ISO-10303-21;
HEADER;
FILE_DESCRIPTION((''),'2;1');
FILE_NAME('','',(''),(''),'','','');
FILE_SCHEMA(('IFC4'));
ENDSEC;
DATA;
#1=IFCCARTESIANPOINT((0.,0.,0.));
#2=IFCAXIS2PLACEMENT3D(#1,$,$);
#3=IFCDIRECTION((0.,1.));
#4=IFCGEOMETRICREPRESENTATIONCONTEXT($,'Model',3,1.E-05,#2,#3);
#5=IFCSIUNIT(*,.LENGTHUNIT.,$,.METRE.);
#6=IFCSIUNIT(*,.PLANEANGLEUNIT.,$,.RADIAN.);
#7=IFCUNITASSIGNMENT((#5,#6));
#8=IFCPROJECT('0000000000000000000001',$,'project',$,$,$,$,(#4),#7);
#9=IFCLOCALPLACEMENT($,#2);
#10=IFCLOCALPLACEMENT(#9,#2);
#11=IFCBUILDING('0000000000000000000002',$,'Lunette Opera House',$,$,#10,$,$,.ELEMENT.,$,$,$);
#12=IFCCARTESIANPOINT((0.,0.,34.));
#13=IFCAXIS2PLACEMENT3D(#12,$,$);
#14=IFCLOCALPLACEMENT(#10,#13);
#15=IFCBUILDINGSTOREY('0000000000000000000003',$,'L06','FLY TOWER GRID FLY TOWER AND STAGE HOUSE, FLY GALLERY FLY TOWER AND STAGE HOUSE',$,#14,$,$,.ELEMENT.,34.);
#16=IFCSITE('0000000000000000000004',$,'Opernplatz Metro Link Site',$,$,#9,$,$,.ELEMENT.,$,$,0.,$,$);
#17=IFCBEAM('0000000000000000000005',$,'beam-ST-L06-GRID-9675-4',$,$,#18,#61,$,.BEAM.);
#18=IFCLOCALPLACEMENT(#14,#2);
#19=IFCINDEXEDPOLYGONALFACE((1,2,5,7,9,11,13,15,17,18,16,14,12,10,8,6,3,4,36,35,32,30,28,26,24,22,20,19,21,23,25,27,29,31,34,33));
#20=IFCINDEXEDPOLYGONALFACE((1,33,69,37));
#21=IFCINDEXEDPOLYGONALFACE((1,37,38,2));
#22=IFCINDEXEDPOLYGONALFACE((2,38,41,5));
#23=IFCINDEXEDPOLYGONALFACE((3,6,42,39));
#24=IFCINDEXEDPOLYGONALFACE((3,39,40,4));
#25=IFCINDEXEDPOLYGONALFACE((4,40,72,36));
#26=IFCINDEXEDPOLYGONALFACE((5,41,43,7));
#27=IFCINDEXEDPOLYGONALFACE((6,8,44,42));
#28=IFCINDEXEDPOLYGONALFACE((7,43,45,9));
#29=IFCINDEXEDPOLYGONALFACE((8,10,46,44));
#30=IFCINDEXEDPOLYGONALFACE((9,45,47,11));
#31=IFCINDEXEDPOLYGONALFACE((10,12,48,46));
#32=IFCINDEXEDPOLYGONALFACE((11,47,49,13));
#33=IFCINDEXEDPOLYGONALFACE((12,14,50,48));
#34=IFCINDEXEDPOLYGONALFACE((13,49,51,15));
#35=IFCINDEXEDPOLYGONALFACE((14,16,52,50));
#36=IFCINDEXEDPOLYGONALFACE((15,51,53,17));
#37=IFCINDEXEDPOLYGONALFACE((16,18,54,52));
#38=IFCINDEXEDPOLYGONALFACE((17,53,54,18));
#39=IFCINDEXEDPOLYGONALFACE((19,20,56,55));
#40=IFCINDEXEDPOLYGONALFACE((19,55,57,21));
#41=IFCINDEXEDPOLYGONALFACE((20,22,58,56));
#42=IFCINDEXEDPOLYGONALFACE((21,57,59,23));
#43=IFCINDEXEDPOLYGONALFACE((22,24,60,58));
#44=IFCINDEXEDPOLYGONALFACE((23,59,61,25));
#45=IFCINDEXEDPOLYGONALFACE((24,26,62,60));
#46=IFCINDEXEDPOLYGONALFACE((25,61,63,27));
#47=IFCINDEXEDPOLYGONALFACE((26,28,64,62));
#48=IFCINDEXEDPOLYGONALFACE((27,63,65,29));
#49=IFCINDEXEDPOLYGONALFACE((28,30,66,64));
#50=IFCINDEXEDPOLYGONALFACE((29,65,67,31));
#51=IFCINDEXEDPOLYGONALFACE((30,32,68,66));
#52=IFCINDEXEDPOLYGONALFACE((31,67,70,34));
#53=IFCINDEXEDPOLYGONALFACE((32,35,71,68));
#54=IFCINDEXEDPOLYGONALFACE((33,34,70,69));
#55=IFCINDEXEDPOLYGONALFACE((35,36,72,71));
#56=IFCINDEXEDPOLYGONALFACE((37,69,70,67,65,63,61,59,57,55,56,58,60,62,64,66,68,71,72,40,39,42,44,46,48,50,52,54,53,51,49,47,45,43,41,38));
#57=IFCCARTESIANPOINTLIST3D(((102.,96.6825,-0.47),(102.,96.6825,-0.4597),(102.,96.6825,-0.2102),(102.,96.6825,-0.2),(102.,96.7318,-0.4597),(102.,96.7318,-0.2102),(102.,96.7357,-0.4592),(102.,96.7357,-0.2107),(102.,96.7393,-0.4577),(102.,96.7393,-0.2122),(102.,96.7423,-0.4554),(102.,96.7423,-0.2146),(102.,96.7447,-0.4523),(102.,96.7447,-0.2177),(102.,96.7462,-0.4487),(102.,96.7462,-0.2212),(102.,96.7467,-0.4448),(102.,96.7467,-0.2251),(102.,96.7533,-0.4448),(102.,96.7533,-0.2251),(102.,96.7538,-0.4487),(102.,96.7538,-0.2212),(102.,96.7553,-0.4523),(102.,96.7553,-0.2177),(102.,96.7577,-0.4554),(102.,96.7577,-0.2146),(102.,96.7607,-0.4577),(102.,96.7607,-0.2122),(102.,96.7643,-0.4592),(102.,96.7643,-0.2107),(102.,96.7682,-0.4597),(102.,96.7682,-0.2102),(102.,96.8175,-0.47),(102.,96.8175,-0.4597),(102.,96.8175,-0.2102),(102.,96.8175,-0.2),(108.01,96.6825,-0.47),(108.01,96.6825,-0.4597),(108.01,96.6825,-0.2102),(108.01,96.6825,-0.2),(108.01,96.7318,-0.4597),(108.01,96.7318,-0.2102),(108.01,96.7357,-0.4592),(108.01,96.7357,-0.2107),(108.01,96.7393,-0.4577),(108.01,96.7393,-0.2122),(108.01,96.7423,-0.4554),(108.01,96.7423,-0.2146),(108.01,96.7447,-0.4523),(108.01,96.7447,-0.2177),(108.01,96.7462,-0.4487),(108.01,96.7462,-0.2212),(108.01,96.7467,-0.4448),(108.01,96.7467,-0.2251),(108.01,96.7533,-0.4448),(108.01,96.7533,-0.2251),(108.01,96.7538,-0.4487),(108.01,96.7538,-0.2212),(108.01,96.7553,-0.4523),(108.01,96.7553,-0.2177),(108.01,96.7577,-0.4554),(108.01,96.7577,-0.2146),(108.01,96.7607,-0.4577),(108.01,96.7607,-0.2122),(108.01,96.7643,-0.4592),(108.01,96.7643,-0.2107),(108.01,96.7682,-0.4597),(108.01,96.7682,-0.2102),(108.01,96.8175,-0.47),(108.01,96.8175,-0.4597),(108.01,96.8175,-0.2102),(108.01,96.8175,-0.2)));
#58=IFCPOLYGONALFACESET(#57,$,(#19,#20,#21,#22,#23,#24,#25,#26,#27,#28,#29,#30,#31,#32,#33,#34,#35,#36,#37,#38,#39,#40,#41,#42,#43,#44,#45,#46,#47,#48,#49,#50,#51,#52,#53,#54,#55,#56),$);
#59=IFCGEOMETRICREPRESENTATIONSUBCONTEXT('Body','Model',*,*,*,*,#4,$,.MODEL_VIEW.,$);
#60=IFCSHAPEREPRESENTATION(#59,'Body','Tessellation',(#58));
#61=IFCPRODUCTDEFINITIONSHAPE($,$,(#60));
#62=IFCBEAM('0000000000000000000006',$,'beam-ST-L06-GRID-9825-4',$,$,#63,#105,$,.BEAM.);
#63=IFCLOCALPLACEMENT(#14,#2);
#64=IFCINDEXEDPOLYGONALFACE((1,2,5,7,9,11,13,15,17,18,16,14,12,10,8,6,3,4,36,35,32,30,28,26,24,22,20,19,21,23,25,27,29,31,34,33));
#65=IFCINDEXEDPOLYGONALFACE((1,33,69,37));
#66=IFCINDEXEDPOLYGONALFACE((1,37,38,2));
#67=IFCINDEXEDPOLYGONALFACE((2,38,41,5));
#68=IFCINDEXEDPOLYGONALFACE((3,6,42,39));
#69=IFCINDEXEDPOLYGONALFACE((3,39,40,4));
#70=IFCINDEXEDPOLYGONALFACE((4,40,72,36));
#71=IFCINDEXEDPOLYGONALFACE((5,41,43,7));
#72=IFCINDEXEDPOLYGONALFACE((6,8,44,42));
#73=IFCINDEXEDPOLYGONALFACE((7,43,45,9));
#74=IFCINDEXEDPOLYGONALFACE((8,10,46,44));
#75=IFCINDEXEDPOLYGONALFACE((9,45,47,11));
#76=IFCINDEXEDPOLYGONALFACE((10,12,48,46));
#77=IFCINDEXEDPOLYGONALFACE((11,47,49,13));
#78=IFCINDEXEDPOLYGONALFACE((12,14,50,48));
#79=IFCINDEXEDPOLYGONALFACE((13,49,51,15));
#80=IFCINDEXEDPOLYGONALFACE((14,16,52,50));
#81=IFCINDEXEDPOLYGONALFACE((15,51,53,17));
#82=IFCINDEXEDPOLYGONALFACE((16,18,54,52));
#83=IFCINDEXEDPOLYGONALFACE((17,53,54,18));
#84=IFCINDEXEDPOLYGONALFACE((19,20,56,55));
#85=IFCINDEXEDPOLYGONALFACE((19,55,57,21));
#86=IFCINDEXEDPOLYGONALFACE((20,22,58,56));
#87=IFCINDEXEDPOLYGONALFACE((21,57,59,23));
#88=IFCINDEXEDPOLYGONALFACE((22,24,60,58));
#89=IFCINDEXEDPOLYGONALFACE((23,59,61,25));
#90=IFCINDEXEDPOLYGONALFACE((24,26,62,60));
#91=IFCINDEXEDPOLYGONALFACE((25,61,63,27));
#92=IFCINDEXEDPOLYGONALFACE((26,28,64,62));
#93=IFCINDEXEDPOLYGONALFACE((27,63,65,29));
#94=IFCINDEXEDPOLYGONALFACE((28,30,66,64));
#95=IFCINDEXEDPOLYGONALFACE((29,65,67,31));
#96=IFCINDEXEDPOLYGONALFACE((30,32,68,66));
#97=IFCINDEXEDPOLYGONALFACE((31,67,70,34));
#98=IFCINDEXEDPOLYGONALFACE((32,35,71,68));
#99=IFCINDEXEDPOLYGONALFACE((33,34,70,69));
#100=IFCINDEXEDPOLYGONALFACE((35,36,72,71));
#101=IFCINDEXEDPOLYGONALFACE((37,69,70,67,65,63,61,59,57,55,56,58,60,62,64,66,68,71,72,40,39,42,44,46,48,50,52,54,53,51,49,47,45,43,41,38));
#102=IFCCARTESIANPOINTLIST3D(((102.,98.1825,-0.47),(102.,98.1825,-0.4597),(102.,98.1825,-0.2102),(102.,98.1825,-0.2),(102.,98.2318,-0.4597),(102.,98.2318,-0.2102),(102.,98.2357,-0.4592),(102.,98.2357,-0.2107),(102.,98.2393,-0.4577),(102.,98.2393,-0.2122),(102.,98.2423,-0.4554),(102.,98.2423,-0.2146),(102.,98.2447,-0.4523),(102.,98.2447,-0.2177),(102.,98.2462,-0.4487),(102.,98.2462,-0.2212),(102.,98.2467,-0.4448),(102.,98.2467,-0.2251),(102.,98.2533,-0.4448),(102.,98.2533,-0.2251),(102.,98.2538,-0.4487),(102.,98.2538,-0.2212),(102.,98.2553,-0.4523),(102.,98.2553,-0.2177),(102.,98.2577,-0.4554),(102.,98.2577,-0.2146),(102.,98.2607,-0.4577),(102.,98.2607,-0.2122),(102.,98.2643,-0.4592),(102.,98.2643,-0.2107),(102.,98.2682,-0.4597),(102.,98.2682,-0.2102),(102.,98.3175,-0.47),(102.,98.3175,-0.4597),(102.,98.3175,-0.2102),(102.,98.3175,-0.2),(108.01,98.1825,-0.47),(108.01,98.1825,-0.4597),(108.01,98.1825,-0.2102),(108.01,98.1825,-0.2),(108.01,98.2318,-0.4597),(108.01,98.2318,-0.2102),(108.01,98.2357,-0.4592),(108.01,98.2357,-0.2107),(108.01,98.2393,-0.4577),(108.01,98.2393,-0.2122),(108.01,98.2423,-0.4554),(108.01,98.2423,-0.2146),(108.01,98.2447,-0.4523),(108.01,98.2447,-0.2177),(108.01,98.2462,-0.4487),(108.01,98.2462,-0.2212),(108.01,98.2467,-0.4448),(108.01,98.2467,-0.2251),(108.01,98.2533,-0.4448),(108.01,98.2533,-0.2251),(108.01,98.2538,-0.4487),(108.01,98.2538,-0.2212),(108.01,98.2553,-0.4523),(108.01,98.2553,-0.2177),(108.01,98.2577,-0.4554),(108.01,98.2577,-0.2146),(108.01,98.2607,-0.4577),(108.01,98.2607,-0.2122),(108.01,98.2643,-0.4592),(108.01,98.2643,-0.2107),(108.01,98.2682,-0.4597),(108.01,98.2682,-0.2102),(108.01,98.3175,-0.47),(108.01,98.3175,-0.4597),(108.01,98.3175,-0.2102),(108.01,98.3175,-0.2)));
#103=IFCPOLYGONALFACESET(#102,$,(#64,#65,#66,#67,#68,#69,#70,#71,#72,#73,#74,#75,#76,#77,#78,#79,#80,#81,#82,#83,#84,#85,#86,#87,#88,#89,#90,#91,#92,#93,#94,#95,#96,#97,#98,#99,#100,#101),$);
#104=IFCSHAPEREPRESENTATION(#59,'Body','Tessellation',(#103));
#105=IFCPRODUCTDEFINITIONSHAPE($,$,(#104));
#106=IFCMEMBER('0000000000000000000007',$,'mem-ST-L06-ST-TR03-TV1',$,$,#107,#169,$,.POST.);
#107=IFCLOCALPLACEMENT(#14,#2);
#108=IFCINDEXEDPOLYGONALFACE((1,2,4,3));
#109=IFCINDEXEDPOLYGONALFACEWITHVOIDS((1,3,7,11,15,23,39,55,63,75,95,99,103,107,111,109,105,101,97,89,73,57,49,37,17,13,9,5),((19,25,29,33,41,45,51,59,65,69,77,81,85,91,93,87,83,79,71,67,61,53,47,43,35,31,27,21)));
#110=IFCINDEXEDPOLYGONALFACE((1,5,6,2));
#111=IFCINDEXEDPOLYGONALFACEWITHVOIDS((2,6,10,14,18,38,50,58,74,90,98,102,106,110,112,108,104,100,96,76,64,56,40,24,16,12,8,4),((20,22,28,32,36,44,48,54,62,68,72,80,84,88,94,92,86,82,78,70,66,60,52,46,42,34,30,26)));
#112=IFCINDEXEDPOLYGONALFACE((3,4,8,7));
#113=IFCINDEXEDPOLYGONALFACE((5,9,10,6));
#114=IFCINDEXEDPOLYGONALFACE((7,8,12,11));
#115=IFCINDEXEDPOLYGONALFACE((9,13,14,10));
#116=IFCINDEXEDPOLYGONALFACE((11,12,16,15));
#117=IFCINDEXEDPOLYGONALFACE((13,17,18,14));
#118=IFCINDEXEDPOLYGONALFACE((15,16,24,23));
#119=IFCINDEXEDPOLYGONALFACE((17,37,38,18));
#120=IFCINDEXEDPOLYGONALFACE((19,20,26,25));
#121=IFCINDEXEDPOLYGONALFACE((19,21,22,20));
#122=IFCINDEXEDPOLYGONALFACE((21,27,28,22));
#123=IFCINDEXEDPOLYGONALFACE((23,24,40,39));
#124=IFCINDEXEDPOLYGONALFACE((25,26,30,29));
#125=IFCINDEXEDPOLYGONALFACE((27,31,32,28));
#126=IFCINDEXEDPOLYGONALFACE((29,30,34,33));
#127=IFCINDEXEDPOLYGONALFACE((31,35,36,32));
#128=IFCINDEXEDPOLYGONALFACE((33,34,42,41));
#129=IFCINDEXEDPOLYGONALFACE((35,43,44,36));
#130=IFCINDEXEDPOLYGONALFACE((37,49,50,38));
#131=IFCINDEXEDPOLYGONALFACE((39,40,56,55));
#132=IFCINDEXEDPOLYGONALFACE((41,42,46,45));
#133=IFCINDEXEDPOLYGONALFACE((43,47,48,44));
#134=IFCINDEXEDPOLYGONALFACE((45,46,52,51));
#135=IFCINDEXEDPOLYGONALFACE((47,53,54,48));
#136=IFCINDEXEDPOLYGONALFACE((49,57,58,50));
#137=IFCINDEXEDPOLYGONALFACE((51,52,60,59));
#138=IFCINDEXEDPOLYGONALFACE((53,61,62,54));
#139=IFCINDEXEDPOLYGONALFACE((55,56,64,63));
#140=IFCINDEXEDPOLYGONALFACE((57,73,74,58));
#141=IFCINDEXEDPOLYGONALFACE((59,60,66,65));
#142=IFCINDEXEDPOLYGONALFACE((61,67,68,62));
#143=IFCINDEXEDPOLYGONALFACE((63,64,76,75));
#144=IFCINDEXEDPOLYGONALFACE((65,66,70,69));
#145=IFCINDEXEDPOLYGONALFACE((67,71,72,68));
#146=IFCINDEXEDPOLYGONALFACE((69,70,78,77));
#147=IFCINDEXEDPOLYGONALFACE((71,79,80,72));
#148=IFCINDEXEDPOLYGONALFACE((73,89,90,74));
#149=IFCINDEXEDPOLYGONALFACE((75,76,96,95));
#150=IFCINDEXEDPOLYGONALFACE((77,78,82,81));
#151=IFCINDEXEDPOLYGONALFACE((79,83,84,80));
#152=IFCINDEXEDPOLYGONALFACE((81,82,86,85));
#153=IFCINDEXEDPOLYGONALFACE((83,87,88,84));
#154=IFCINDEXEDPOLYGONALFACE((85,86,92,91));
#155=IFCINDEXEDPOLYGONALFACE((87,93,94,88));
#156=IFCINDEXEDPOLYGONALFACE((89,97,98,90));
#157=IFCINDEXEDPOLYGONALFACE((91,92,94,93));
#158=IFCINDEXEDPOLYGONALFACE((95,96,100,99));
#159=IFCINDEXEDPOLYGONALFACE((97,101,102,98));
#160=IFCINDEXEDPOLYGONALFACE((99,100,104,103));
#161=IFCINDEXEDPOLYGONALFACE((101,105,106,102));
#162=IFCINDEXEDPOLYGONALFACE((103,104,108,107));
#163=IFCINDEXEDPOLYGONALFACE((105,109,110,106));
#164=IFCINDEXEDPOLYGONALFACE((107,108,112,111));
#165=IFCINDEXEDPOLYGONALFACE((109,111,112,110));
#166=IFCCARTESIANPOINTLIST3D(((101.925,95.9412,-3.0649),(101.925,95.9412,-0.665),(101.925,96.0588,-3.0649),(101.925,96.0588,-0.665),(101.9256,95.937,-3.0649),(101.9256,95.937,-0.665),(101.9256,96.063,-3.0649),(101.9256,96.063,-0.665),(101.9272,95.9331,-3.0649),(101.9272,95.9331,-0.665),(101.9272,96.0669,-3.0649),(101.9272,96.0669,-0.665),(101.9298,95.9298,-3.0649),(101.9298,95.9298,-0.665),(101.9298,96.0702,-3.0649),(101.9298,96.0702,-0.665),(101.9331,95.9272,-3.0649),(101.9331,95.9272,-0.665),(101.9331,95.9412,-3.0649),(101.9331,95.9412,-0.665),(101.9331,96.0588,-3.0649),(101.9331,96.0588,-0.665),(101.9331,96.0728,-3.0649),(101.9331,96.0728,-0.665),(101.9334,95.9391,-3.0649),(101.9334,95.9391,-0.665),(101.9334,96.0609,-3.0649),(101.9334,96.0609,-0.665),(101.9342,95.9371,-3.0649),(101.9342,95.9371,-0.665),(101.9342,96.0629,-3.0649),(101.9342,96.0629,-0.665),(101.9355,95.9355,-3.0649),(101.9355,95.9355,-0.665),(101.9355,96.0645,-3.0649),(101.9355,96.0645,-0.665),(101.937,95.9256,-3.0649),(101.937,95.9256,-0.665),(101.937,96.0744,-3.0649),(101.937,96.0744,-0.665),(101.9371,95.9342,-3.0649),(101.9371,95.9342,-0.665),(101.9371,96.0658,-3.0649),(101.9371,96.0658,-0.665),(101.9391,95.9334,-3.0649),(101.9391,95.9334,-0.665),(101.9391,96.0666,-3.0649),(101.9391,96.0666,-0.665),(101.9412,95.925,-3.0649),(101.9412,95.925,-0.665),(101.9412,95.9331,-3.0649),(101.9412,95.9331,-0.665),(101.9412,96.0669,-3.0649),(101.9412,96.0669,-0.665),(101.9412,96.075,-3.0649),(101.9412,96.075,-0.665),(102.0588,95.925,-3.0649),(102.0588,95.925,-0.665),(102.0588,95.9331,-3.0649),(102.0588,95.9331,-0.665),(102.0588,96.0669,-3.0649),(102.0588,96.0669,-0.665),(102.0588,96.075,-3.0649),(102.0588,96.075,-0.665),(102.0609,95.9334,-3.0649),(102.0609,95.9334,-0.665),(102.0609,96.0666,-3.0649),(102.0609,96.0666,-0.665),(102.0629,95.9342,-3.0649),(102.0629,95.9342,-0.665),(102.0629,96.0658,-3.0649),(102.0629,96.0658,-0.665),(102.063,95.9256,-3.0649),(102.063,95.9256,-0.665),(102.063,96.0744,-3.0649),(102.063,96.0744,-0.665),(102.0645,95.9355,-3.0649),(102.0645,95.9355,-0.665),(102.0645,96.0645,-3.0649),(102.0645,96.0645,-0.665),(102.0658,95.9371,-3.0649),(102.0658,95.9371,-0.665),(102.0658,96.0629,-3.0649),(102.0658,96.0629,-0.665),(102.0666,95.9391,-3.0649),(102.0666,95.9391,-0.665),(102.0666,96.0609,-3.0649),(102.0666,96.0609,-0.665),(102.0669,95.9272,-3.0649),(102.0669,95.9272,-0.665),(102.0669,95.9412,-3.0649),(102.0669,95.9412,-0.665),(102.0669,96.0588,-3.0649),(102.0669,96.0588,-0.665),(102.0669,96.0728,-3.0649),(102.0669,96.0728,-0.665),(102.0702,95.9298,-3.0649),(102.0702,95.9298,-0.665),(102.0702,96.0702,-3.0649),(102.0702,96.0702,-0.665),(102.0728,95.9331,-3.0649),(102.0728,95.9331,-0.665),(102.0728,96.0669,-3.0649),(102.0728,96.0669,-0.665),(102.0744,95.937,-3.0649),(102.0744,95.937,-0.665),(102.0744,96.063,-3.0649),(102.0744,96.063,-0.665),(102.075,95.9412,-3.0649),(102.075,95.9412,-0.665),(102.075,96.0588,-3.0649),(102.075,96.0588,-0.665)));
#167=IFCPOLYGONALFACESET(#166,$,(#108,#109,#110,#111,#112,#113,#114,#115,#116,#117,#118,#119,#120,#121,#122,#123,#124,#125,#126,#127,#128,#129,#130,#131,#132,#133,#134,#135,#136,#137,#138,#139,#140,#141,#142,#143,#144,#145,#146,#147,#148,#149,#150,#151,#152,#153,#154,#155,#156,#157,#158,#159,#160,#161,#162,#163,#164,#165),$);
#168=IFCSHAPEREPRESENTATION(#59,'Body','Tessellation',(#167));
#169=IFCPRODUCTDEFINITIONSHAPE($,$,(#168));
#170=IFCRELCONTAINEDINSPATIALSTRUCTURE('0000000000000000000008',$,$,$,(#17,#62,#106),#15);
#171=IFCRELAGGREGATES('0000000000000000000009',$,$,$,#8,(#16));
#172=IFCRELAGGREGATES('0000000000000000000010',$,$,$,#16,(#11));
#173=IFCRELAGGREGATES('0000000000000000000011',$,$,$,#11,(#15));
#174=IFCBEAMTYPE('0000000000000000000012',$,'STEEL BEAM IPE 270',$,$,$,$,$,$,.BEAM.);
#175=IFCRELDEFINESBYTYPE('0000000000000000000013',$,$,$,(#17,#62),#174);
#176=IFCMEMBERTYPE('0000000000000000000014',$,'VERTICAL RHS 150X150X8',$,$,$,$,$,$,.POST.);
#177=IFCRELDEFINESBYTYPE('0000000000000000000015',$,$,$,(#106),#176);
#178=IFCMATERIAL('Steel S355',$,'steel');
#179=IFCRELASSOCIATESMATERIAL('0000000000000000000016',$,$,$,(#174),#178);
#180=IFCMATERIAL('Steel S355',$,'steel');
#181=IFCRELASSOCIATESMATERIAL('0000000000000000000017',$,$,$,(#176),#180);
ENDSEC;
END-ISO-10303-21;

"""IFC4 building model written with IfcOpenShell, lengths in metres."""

from ifc_helpers import new_model, si_unit, direction, frame, origin, origin_2d, place, context, subcontext, project, spatial, hollow_rectangle, i_section, extrude, material, material_profile, profile_set, type_object, element, save


model = new_model("IFC4")

# Units and contexts
model_context = context("Model", 3, precision=1e-05, world=origin(), true_north=direction((0.0, 1.0)))
body_context = subcontext(model_context, "Body", "Model", "MODEL_VIEW")
ifc_project = project(units=[si_unit("LENGTHUNIT", "METRE"), si_unit("PLANEANGLEUNIT", "RADIAN")], contexts=[model_context])

# Site, building, storey
site_placement = place(None, origin())
site = spatial("IfcSite", under=ifc_project, at=site_placement, Name="Opernplatz Metro Link Site", CompositionType="ELEMENT", RefElevation=0.0)
building_placement = place(site_placement, origin())
building = spatial("IfcBuilding", under=site, at=building_placement, Name="Lunette Opera House", CompositionType="ELEMENT")
storey_placement = place(building_placement, frame((0.0, 0.0, 34.0)))
storey = spatial("IfcBuildingStorey", under=building, at=storey_placement, Name="L06", Description="FLY TOWER GRID FLY TOWER AND STAGE HOUSE, FLY GALLERY FLY TOWER AND STAGE HOUSE", CompositionType="ELEMENT", Elevation=34.0)

# Beams
ifc_material_1 = material(Name="Steel S355", Category="steel")
ifc_material_profile_1 = material_profile(ifc_material_1, i_section(OverallWidth=0.135, OverallDepth=0.27, WebThickness=0.0066, FlangeThickness=0.0103, FilletRadius=0.0149, at=origin_2d()), Name="IPE 270")
ifc_profile_set_1 = profile_set([ifc_material_profile_1], Name="Steel S355")
beam_type = type_object("IfcBeamType", Name="STEEL BEAM IPE 270", PredefinedType="BEAM", material=ifc_profile_set_1)
for number, where, z_axis, x_axis, name in (
    (1, (102.0, 96.75, -0.335), (1.0, 0.0, 0.0), (0.0, 1.0, 0.0), "beam-ST-L06-GRID-9675-4"),
    (2, (102.0, 98.25, -0.335), (1.0, 0.0, 0.0), (0.0, 1.0, 0.0), "beam-ST-L06-GRID-9825-4"),
):
    element("IfcBeam", number, at=place(storey_placement, frame(where, z_axis=z_axis, x_axis=x_axis)), inside=storey, type_object=beam_type, Name=name, PredefinedType="BEAM", context=body_context, shape_type="SweptSolid", body=[
        extrude(i_section(OverallWidth=0.135, OverallDepth=0.27, WebThickness=0.0066, FlangeThickness=0.0103, FilletRadius=0.0149, at=origin_2d()), origin(), (0.0, 0.0, 1.0), 6.01),
    ])

# Member
ifc_material_2 = material(Name="Steel S355", Category="steel")
ifc_material_profile_2 = material_profile(ifc_material_2, hollow_rectangle(XDim=0.1499, YDim=0.1499, WallThickness=0.0081, InnerFilletRadius=0.0081, OuterFilletRadius=0.0161, at=origin_2d()), Name="RHS 150X150X8")
ifc_profile_set_2 = profile_set([ifc_material_profile_2], Name="Steel S355")
member_type_1 = type_object("IfcMemberType", Name="VERTICAL RHS 150X150X8", PredefinedType="POST", material=ifc_profile_set_2)
member_1_placement = place(storey_placement, frame((102.0, 96.0, -3.0649), z_axis=(0.0, 0.0, 1.0), x_axis=(1.0, 0.0, 0.0)))
element("IfcMember", 3, at=member_1_placement, inside=storey, type_object=member_type_1, Name="mem-ST-L06-ST-TR03-TV1", PredefinedType="POST", context=body_context, shape_type="SweptSolid", body=[
    extrude(hollow_rectangle(XDim=0.1499, YDim=0.1499, WallThickness=0.0081, InnerFilletRadius=0.0081, OuterFilletRadius=0.0161, at=origin_2d()), origin(), (0.0, 0.0, 1.0), 2.3999),
])

save(model, "model.ifc")
